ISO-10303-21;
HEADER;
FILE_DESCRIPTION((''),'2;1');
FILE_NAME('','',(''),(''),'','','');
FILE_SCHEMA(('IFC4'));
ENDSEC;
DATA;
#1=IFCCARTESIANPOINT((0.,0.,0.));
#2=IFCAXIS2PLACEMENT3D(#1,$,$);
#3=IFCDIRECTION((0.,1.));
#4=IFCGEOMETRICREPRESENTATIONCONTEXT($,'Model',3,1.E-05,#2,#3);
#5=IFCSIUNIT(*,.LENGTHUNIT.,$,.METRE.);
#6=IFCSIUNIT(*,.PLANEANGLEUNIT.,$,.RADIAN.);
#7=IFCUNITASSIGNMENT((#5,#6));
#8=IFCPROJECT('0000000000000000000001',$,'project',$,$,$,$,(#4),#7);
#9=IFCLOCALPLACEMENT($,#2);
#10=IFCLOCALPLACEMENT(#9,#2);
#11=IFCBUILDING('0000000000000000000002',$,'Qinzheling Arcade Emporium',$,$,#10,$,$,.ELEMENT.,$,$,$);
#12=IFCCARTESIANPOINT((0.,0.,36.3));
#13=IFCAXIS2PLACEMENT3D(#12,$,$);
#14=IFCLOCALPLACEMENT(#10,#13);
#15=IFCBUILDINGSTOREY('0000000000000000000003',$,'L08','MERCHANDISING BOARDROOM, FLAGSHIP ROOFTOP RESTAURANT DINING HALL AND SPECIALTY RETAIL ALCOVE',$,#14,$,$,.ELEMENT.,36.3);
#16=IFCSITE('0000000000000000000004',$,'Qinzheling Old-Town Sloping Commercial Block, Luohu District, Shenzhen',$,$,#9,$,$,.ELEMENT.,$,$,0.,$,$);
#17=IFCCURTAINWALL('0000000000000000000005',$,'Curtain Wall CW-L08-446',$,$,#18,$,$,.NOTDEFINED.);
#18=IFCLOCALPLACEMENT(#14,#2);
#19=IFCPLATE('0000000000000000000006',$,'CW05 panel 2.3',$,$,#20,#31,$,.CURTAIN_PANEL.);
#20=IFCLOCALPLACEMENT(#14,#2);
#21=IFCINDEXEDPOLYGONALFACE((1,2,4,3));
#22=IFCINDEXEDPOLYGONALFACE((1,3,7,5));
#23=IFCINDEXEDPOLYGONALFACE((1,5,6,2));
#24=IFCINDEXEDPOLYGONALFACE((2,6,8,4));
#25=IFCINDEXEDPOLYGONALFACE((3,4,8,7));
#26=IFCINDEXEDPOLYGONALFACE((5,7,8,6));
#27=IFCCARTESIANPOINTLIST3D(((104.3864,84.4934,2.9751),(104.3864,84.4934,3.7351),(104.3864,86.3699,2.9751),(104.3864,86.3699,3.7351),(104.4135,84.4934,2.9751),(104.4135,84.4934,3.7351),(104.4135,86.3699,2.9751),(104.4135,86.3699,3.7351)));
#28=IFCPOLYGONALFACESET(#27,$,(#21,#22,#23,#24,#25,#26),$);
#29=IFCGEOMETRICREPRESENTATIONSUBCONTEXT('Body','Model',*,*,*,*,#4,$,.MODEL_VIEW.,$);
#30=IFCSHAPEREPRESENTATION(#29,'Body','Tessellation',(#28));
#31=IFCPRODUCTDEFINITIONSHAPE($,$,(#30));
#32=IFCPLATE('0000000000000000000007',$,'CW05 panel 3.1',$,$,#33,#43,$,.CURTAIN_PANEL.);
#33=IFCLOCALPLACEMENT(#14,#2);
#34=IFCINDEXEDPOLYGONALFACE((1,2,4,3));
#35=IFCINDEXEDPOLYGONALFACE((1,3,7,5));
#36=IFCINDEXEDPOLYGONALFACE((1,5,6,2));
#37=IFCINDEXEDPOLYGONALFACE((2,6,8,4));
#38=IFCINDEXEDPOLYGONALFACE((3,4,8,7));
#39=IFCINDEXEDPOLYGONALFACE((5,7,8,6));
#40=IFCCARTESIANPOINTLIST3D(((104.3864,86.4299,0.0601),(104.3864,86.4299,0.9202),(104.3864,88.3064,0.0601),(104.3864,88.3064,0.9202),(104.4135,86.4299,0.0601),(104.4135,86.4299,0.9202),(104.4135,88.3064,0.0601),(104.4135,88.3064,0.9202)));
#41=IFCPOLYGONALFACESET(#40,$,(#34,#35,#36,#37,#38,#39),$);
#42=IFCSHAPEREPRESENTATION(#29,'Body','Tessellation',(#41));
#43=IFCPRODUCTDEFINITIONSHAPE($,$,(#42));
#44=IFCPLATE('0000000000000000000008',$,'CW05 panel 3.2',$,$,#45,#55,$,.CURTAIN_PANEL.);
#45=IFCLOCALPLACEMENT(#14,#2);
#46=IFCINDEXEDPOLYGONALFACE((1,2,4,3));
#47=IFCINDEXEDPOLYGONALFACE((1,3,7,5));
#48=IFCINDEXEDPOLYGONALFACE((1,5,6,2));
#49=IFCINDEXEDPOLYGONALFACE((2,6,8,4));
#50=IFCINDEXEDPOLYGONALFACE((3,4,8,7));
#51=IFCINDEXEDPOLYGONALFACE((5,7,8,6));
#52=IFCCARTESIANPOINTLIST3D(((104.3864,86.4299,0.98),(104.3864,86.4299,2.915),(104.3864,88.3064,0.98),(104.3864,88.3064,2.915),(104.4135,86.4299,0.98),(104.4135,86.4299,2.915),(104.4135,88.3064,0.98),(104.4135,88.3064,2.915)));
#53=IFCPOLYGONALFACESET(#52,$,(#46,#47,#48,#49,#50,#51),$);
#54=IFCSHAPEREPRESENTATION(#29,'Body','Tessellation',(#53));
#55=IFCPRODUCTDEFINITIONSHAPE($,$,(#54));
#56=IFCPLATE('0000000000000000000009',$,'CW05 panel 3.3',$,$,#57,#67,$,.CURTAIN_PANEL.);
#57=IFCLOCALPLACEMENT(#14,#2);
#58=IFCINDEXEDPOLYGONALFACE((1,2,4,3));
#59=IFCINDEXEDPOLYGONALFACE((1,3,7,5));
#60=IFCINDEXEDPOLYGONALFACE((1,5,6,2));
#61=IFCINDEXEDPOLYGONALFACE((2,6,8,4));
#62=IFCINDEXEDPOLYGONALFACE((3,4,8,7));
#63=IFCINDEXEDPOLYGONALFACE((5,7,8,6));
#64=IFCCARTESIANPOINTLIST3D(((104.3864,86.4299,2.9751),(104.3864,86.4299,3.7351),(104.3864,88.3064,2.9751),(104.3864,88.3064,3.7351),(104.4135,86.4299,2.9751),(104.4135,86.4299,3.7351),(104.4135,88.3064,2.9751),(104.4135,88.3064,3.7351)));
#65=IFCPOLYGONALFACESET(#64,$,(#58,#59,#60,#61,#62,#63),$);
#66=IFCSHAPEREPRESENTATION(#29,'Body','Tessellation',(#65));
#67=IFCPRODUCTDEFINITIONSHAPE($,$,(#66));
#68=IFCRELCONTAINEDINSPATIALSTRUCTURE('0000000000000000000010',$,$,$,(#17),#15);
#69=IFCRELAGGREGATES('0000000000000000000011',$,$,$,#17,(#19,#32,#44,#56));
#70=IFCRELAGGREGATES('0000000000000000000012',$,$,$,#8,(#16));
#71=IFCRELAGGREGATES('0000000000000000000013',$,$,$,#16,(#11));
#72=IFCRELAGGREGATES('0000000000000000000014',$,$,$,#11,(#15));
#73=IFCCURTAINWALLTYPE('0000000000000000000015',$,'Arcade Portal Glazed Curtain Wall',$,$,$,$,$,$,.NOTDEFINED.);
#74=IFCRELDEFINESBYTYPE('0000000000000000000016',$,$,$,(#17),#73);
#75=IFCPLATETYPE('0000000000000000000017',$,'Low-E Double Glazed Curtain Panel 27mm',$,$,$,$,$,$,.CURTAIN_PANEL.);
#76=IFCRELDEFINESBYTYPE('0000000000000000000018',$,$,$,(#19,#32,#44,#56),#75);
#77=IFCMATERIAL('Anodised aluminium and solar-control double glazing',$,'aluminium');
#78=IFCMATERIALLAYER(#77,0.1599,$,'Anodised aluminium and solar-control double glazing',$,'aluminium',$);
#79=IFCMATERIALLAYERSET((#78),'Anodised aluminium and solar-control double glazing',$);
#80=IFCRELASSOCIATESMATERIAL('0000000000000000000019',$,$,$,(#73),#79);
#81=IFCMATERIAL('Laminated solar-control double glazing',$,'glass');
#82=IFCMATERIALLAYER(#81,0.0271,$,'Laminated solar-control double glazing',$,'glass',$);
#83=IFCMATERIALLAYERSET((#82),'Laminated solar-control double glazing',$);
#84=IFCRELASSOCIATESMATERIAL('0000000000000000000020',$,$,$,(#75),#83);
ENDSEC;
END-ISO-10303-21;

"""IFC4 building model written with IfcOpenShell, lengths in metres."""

from ifc_helpers import new_model, si_unit, direction, frame, origin, origin_2d, place, context, subcontext, project, spatial, rectangle, extrude, material, layer, layer_set, type_object, element, aggregate, save


model = new_model("IFC4")

# Units and contexts
model_context = context("Model", 3, precision=1e-05, world=origin(), true_north=direction((0.0, 1.0)))
body_context = subcontext(model_context, "Body", "Model", "MODEL_VIEW")
ifc_project = project(units=[si_unit("LENGTHUNIT", "METRE"), si_unit("PLANEANGLEUNIT", "RADIAN")], contexts=[model_context])

# Site, building, storey
site_placement = place(None, origin())
site = spatial("IfcSite", under=ifc_project, at=site_placement, Name="Qinzheling Old-Town Sloping Commercial Block, Luohu District, Shenzhen", CompositionType="ELEMENT", RefElevation=0.0)
building_placement = place(site_placement, origin())
building = spatial("IfcBuilding", under=site, at=building_placement, Name="Qinzheling Arcade Emporium", CompositionType="ELEMENT")
storey_placement = place(building_placement, frame((0.0, 0.0, 36.3)))
storey = spatial("IfcBuildingStorey", under=building, at=storey_placement, Name="L08", Description="MERCHANDISING BOARDROOM, FLAGSHIP ROOFTOP RESTAURANT DINING HALL AND SPECIALTY RETAIL ALCOVE", CompositionType="ELEMENT", Elevation=36.3)

# Curtain wall
ifc_material_1 = material(Name="Anodised aluminium and solar-control double glazing", Category="aluminium")
ifc_layer_1 = layer(ifc_material_1, 0.1599, Name="Anodised aluminium and solar-control double glazing", Category="aluminium")
ifc_layer_set_1 = layer_set([ifc_layer_1], Name="Anodised aluminium and solar-control double glazing")
curtain_wall_type = type_object("IfcCurtainWallType", Name="Arcade Portal Glazed Curtain Wall", PredefinedType="NOTDEFINED", material=ifc_layer_set_1)
curtain_wall_placement = place(storey_placement, origin())
curtain_wall = element("IfcCurtainWall", 1, at=curtain_wall_placement, inside=storey, type_object=curtain_wall_type, Name="Curtain Wall CW-L08-446", PredefinedType="NOTDEFINED")

# Plates
ifc_material_2 = material(Name="Laminated solar-control double glazing", Category="glass")
ifc_layer_2 = layer(ifc_material_2, 0.0271, Name="Laminated solar-control double glazing", Category="glass")
ifc_layer_set_2 = layer_set([ifc_layer_2], Name="Laminated solar-control double glazing")
plate_type = type_object("IfcPlateType", Name="Low-E Double Glazed Curtain Panel 27mm", PredefinedType="CURTAIN_PANEL", material=ifc_layer_set_2)
plate_1_placement = place(storey_placement, frame((104.3999, 85.4316, 2.9751), z_axis=(0.0, 0.0, 1.0), x_axis=(0.0, 1.0, 0.0)))
plate_1 = element("IfcPlate", 2, at=plate_1_placement, type_object=plate_type, Name="CW05 panel 2.3", PredefinedType="CURTAIN_PANEL", context=body_context, shape_type="SweptSolid", body=[
    extrude(rectangle(XDim=1.8765, YDim=0.0271, at=origin_2d()), origin(), (0.0, 0.0, 1.0), 0.76),
])
plate_2_placement = place(storey_placement, frame((104.3999, 87.3682, 0.0601), z_axis=(0.0, 0.0, 1.0), x_axis=(0.0, 1.0, 0.0)))
plate_2 = element("IfcPlate", 3, at=plate_2_placement, type_object=plate_type, Name="CW05 panel 3.1", PredefinedType="CURTAIN_PANEL", context=body_context, shape_type="SweptSolid", body=[
    extrude(rectangle(XDim=1.8765, YDim=0.0271, at=origin_2d()), origin(), (0.0, 0.0, 1.0), 0.8601),
])
plate_3_placement = place(storey_placement, frame((104.3999, 87.3682, 0.98), z_axis=(0.0, 0.0, 1.0), x_axis=(0.0, 1.0, 0.0)))
plate_3 = element("IfcPlate", 4, at=plate_3_placement, type_object=plate_type, Name="CW05 panel 3.2", PredefinedType="CURTAIN_PANEL", context=body_context, shape_type="SweptSolid", body=[
    extrude(rectangle(XDim=1.8765, YDim=0.0271, at=origin_2d()), origin(), (0.0, 0.0, 1.0), 1.9351),
])
plate_4_placement = place(storey_placement, frame((104.3999, 87.3682, 2.9751), z_axis=(0.0, 0.0, 1.0), x_axis=(0.0, 1.0, 0.0)))
plate_4 = element("IfcPlate", 5, at=plate_4_placement, type_object=plate_type, Name="CW05 panel 3.3", PredefinedType="CURTAIN_PANEL", context=body_context, shape_type="SweptSolid", body=[
    extrude(rectangle(XDim=1.8765, YDim=0.0271, at=origin_2d()), origin(), (0.0, 0.0, 1.0), 0.76),
])
aggregate(curtain_wall, [plate_1, plate_2, plate_3, plate_4])

save(model, "model.ifc")
